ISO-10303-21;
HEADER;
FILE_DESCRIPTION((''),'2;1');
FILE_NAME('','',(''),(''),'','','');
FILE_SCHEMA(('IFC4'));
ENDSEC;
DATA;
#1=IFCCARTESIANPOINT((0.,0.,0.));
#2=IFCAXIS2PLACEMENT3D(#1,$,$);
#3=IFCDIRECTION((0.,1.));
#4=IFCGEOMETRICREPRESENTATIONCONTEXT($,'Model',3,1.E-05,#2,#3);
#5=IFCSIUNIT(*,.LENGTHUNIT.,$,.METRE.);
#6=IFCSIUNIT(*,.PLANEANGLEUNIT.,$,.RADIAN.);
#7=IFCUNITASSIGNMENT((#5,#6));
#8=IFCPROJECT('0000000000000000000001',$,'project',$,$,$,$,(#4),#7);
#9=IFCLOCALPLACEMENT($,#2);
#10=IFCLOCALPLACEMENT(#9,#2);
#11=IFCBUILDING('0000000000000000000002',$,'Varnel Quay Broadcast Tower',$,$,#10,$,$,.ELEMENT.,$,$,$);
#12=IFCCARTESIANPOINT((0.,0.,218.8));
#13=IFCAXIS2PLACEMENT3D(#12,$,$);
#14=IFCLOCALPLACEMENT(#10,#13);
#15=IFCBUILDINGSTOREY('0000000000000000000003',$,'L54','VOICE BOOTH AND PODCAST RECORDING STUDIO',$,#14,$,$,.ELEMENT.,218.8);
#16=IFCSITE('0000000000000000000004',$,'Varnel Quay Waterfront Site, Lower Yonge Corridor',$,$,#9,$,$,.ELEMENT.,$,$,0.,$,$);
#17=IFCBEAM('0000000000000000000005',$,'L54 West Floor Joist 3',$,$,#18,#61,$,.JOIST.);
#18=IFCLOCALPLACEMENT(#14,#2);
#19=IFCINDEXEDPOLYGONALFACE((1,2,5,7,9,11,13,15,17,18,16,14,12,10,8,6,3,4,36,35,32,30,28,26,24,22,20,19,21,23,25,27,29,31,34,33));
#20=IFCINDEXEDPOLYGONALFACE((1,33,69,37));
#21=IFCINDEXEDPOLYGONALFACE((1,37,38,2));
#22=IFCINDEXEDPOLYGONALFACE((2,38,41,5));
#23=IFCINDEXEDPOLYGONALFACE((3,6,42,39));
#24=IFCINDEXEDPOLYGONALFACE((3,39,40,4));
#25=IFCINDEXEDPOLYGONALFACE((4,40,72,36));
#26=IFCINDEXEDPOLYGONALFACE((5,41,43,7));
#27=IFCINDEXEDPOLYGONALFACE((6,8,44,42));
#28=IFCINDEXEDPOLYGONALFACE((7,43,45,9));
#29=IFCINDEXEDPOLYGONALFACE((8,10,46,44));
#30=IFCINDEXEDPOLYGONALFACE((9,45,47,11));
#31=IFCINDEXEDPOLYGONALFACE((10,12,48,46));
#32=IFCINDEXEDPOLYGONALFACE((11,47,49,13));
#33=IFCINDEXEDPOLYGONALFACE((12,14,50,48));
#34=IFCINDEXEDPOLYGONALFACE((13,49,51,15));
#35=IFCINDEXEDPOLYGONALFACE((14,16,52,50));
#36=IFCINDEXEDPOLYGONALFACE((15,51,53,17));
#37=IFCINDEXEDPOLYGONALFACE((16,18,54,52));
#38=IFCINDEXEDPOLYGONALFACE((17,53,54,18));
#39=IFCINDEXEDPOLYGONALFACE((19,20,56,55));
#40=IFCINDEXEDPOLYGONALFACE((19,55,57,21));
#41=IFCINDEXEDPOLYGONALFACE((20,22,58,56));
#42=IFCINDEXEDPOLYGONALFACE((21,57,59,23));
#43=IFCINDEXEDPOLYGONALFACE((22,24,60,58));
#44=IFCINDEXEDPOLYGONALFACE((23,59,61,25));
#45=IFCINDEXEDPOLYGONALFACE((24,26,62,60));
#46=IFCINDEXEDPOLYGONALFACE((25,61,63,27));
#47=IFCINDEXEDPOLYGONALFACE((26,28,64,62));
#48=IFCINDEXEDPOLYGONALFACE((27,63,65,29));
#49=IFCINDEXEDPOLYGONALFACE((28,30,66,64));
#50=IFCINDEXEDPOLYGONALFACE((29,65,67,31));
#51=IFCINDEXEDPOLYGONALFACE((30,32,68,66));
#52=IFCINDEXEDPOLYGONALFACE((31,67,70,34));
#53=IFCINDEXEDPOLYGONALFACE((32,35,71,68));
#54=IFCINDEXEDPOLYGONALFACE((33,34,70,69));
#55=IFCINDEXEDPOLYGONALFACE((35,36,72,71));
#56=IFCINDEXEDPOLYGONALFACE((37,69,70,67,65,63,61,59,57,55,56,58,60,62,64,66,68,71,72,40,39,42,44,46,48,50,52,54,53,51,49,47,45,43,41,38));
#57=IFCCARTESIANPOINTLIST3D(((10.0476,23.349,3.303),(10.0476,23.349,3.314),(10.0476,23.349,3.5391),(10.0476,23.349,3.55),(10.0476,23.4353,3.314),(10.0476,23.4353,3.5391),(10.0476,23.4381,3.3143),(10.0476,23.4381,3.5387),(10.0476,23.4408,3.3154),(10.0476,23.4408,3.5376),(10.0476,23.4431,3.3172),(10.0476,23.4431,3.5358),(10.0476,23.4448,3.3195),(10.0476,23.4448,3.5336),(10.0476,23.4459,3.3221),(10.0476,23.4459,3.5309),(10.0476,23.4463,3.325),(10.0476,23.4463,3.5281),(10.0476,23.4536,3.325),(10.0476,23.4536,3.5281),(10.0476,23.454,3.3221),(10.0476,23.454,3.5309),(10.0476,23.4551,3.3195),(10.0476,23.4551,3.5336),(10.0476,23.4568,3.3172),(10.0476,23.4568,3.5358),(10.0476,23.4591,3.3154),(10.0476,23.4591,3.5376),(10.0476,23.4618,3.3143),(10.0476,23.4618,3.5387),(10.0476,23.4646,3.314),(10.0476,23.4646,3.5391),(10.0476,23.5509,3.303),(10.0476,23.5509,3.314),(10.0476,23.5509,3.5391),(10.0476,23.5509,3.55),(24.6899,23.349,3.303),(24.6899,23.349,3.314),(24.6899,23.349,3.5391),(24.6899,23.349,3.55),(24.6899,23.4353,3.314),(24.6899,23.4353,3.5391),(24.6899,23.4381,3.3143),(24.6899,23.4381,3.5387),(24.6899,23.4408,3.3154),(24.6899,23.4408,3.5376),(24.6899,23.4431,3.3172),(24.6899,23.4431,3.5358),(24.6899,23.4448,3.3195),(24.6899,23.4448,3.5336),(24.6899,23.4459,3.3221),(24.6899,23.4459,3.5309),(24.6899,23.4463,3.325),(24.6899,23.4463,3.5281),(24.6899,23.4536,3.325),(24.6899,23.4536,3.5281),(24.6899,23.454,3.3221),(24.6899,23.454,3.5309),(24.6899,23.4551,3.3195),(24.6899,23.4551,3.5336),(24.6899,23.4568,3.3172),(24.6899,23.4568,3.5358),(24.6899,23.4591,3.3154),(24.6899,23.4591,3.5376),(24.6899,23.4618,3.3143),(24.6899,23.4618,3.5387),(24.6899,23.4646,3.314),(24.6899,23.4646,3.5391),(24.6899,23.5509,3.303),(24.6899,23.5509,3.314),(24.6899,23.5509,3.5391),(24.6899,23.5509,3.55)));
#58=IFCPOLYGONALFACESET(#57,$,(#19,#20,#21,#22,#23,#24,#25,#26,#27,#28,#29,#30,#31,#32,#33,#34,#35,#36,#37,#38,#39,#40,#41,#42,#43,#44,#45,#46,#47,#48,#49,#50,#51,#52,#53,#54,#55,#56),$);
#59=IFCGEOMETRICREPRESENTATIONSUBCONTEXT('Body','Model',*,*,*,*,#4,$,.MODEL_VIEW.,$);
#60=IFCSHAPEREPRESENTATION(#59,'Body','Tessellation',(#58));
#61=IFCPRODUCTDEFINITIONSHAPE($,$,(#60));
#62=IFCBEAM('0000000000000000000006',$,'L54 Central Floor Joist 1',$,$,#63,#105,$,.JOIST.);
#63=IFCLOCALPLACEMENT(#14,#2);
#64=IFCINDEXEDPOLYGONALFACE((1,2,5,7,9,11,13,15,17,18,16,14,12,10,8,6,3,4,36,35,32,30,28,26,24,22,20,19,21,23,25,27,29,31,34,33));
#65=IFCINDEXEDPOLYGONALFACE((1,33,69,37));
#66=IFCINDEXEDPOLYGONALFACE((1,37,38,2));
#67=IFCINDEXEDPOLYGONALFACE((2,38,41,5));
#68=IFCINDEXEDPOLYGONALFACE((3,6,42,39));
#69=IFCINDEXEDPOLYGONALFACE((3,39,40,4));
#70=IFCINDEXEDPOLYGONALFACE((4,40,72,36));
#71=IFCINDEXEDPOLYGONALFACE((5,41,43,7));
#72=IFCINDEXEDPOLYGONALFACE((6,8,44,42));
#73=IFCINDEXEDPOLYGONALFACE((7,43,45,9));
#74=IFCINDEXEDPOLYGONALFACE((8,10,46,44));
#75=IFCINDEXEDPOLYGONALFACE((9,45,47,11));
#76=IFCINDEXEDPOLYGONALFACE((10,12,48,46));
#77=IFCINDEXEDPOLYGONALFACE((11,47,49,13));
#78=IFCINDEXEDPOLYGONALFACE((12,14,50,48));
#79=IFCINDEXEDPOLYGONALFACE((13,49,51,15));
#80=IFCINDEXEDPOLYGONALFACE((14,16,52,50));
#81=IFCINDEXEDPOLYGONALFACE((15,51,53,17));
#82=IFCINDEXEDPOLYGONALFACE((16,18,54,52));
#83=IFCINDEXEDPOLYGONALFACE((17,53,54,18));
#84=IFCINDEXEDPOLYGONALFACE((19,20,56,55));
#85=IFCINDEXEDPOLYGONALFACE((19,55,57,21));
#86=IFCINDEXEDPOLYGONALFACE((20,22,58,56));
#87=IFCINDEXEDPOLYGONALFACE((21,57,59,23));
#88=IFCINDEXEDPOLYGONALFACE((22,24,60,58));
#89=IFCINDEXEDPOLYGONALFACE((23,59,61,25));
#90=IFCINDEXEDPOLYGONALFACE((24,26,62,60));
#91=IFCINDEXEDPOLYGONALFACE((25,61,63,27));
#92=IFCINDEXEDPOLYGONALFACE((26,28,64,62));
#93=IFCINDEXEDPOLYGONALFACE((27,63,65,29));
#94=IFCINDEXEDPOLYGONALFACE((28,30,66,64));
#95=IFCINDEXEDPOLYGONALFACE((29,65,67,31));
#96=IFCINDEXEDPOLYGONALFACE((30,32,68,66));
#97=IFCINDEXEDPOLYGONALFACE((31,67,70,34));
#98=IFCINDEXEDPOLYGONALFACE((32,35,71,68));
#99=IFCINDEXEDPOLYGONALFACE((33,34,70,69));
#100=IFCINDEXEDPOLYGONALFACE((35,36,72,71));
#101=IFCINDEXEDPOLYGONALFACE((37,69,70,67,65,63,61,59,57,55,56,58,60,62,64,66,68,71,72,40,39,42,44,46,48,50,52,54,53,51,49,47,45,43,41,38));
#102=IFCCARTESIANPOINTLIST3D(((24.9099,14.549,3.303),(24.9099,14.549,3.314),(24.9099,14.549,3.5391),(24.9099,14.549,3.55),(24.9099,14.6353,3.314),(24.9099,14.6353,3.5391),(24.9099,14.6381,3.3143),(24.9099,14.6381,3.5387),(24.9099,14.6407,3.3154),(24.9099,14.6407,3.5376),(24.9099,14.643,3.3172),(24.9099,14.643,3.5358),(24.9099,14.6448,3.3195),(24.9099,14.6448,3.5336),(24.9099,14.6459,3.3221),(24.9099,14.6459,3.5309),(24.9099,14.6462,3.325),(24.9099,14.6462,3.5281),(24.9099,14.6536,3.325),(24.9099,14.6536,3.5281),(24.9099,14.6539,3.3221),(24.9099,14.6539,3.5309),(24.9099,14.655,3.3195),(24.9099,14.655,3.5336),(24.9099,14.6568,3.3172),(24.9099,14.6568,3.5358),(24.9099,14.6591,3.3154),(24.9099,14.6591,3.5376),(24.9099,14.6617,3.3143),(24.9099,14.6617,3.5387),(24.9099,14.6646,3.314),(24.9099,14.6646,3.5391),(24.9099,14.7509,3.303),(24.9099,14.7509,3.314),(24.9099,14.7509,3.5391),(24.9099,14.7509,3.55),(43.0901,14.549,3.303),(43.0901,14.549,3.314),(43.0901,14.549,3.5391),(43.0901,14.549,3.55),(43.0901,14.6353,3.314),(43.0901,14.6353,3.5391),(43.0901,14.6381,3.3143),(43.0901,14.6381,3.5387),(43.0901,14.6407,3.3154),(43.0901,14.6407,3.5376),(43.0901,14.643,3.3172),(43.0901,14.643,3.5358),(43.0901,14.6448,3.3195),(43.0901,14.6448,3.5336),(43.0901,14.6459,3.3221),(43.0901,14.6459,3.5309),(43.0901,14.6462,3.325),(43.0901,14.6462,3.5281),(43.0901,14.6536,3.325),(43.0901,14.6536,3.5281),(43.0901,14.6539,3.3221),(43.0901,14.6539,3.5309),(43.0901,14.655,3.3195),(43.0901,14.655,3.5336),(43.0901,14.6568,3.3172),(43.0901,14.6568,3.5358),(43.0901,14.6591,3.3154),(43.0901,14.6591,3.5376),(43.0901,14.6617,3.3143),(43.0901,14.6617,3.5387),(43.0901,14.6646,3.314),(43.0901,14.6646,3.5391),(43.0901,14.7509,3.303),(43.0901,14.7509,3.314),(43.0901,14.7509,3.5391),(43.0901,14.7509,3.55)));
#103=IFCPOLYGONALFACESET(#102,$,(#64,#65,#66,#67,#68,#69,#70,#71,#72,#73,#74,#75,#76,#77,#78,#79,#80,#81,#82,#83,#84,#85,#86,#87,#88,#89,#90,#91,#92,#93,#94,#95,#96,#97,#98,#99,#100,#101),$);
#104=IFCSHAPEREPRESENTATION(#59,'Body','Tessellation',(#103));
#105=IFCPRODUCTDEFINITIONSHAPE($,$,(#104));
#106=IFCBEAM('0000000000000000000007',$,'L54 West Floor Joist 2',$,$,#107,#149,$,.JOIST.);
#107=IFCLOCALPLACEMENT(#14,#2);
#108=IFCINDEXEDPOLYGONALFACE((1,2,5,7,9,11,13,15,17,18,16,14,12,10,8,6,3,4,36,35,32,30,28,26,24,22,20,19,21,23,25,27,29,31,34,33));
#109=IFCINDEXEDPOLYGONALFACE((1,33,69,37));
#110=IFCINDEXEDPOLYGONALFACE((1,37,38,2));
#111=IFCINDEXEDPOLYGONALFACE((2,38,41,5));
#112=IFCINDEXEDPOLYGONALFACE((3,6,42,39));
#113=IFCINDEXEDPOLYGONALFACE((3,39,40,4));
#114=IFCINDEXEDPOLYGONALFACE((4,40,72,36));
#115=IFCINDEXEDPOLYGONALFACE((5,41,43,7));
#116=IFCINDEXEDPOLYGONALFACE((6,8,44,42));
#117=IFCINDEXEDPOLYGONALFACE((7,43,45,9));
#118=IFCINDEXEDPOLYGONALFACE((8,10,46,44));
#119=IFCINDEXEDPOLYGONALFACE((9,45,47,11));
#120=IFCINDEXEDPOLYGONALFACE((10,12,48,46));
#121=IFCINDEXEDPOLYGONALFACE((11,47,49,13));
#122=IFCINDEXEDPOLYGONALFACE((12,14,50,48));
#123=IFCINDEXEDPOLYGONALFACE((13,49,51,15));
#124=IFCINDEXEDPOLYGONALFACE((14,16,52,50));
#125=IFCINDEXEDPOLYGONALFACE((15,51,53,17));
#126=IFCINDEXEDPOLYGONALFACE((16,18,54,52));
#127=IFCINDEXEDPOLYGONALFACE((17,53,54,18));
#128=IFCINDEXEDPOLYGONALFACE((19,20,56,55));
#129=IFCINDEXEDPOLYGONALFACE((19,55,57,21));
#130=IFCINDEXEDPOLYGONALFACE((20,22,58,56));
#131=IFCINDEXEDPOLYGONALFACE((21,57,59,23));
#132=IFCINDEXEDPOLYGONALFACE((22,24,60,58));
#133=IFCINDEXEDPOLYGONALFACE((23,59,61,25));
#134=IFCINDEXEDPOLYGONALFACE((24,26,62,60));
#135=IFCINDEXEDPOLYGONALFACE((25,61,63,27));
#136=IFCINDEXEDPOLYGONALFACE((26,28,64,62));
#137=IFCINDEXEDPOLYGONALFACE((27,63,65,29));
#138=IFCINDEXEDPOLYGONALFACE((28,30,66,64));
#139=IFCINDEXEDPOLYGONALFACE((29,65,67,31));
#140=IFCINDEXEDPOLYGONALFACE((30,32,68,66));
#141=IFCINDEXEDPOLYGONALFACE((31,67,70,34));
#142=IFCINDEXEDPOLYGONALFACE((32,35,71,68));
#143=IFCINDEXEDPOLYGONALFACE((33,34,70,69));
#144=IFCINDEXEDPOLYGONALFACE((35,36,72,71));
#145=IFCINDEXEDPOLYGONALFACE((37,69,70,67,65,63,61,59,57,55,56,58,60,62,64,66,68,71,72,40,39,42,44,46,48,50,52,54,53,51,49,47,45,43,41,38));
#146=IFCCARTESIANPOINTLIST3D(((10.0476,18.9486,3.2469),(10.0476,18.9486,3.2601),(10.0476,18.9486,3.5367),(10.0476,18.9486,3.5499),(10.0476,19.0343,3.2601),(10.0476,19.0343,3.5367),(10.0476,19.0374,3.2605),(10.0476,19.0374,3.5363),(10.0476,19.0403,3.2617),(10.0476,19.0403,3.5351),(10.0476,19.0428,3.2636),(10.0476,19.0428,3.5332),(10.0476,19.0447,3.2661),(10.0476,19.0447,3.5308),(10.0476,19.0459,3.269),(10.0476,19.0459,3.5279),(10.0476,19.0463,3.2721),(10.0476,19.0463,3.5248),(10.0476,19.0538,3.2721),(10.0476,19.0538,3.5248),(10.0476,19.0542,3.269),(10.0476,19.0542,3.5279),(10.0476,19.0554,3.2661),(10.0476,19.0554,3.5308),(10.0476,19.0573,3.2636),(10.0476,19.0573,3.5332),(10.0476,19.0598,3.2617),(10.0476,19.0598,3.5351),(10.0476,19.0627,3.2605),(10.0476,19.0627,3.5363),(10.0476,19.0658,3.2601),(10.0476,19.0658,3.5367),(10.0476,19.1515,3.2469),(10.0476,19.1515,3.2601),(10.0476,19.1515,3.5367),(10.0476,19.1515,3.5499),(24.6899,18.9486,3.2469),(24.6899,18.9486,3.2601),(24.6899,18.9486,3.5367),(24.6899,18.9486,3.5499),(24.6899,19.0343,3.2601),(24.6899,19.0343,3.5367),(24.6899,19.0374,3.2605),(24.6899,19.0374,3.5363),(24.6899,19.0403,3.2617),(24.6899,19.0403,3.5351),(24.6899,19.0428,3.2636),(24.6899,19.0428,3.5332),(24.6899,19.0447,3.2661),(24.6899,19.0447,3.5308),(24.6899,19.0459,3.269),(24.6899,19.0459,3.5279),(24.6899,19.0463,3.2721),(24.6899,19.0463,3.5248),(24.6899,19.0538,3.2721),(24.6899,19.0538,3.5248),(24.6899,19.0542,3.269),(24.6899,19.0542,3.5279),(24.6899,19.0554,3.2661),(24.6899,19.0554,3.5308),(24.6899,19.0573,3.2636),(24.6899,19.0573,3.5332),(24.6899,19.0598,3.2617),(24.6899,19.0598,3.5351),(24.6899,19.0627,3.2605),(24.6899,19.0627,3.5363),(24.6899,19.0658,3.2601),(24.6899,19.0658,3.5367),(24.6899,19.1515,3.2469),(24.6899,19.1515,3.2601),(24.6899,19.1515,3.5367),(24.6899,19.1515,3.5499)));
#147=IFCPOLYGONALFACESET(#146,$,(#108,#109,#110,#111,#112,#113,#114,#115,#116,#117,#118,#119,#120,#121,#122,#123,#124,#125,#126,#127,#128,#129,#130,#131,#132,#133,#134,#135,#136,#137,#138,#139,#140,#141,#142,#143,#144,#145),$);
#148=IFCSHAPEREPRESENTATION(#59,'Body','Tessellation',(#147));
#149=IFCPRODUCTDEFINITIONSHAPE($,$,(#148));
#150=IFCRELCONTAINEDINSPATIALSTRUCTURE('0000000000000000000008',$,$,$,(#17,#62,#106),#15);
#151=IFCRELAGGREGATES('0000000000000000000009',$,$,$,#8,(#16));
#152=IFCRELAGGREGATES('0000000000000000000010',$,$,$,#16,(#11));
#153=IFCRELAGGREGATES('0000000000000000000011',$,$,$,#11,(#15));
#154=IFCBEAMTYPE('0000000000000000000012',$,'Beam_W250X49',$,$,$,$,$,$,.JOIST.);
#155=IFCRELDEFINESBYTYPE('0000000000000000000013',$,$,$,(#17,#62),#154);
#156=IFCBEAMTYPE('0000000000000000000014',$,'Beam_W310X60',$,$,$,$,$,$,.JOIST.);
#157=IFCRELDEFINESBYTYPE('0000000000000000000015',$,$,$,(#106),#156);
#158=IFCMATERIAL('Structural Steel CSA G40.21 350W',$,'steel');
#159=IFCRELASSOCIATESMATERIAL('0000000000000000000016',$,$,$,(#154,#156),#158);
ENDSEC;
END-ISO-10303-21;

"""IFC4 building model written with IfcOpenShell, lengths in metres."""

from ifc_helpers import new_model, si_unit, direction, frame, origin, origin_2d, place, context, subcontext, project, spatial, i_section, extrude, source, transform, mapped, material, material_profile, profile_set, type_object, type_shapes, element, save


model = new_model("IFC4")

# Units and contexts
model_context = context("Model", 3, precision=1e-05, world=origin(), true_north=direction((0.0, 1.0)))
body_context = subcontext(model_context, "Body", "Model", "MODEL_VIEW")
ifc_project = project(units=[si_unit("LENGTHUNIT", "METRE"), si_unit("PLANEANGLEUNIT", "RADIAN")], contexts=[model_context])

# Site, building, storey
site_placement = place(None, origin())
site = spatial("IfcSite", under=ifc_project, at=site_placement, Name="Varnel Quay Waterfront Site, Lower Yonge Corridor", CompositionType="ELEMENT", RefElevation=0.0)
building_placement = place(site_placement, origin())
building = spatial("IfcBuilding", under=site, at=building_placement, Name="Varnel Quay Broadcast Tower", CompositionType="ELEMENT")
storey_placement = place(building_placement, frame((0.0, 0.0, 218.8)))
storey = spatial("IfcBuildingStorey", under=building, at=storey_placement, Name="L54", Description="VOICE BOOTH AND PODCAST RECORDING STUDIO", CompositionType="ELEMENT", Elevation=218.8)

# Shared definitions
ifc_material_1 = material(Name="Structural Steel CSA G40.21 350W", Category="steel")

# Beams
ifc_material_profile_1 = material_profile(ifc_material_1, i_section(OverallWidth=0.2019, OverallDepth=0.2471, WebThickness=0.0073, FlangeThickness=0.011, FilletRadius=0.011, at=origin_2d()), Name="W250X49")
ifc_profile_set_1 = profile_set([ifc_material_profile_1], Name="Structural Steel CSA G40.21 350W")
beam_type_1 = type_object("IfcBeamType", Name="Beam_W250X49", PredefinedType="JOIST", material=ifc_profile_set_1)
shared_shape_1 = source(origin(), body_context, "Body", "SweptSolid", [
    extrude(i_section(OverallWidth=0.2019, OverallDepth=0.2471, WebThickness=0.0073, FlangeThickness=0.011, FilletRadius=0.011, at=origin_2d()), origin(), (0.0, 0.0, 1.0), 14.6423),
])
for number, where, z_axis, x_axis, name in (
    (1, (10.0476, 23.45, 3.4265), (1.0, 0.0, 0.0), (0.0, 1.0, 0.0), "L54 West Floor Joist 3"),
):
    element("IfcBeam", number, at=place(storey_placement, frame(where, z_axis=z_axis, x_axis=x_axis)), inside=storey, type_object=beam_type_1, Name=name, PredefinedType="JOIST", context=body_context, shape_type="MappedRepresentation", body=[
        mapped(shared_shape_1, transform((0.0, 0.0, 0.0), x_axis=(1.0, 0.0, 0.0), y_axis=(0.0, 1.0, 0.0), z_axis=(0.0, 0.0, 1.0), scale=1.0)),
    ])
shared_shape_2 = source(origin(), body_context, "Body", "SweptSolid", [
    extrude(i_section(OverallWidth=0.2019, OverallDepth=0.2471, WebThickness=0.0073, FlangeThickness=0.011, FilletRadius=0.011, at=origin_2d()), origin(), (0.0, 0.0, 1.0), 18.1802),
])
type_shapes(beam_type_1, [shared_shape_1, shared_shape_2])
beam_1_placement = place(storey_placement, frame((24.9099, 14.6499, 3.4265), z_axis=(1.0, 0.0, 0.0), x_axis=(0.0, 1.0, 0.0)))
element("IfcBeam", 2, at=beam_1_placement, inside=storey, type_object=beam_type_1, Name="L54 Central Floor Joist 1", PredefinedType="JOIST", context=body_context, shape_type="MappedRepresentation", body=[
    mapped(shared_shape_2, transform((0.0, 0.0, 0.0), x_axis=(1.0, 0.0, 0.0), y_axis=(0.0, 1.0, 0.0), z_axis=(0.0, 0.0, 1.0), scale=1.0)),
])
ifc_material_profile_2 = material_profile(ifc_material_1, i_section(OverallWidth=0.2029, OverallDepth=0.303, WebThickness=0.0076, FlangeThickness=0.0132, FilletRadius=0.012, at=origin_2d()), Name="W310X60")
ifc_profile_set_2 = profile_set([ifc_material_profile_2], Name="Structural Steel CSA G40.21 350W")
beam_type_2 = type_object("IfcBeamType", Name="Beam_W310X60", PredefinedType="JOIST", material=ifc_profile_set_2)
shared_shape_3 = source(origin(), body_context, "Body", "SweptSolid", [
    extrude(i_section(OverallWidth=0.2029, OverallDepth=0.303, WebThickness=0.0076, FlangeThickness=0.0132, FilletRadius=0.012, at=origin_2d()), origin(), (0.0, 0.0, 1.0), 14.6423),
])
beam_2_placement = place(storey_placement, frame((10.0476, 19.05, 3.3984), z_axis=(1.0, 0.0, 0.0), x_axis=(0.0, 1.0, 0.0)))
element("IfcBeam", 3, at=beam_2_placement, inside=storey, type_object=beam_type_2, Name="L54 West Floor Joist 2", PredefinedType="JOIST", context=body_context, shape_type="MappedRepresentation", body=[
    mapped(shared_shape_3, transform((0.0, 0.0, 0.0), x_axis=(1.0, 0.0, 0.0), y_axis=(0.0, 1.0, 0.0), z_axis=(0.0, 0.0, 1.0), scale=1.0)),
])

save(model, "model.ifc")
